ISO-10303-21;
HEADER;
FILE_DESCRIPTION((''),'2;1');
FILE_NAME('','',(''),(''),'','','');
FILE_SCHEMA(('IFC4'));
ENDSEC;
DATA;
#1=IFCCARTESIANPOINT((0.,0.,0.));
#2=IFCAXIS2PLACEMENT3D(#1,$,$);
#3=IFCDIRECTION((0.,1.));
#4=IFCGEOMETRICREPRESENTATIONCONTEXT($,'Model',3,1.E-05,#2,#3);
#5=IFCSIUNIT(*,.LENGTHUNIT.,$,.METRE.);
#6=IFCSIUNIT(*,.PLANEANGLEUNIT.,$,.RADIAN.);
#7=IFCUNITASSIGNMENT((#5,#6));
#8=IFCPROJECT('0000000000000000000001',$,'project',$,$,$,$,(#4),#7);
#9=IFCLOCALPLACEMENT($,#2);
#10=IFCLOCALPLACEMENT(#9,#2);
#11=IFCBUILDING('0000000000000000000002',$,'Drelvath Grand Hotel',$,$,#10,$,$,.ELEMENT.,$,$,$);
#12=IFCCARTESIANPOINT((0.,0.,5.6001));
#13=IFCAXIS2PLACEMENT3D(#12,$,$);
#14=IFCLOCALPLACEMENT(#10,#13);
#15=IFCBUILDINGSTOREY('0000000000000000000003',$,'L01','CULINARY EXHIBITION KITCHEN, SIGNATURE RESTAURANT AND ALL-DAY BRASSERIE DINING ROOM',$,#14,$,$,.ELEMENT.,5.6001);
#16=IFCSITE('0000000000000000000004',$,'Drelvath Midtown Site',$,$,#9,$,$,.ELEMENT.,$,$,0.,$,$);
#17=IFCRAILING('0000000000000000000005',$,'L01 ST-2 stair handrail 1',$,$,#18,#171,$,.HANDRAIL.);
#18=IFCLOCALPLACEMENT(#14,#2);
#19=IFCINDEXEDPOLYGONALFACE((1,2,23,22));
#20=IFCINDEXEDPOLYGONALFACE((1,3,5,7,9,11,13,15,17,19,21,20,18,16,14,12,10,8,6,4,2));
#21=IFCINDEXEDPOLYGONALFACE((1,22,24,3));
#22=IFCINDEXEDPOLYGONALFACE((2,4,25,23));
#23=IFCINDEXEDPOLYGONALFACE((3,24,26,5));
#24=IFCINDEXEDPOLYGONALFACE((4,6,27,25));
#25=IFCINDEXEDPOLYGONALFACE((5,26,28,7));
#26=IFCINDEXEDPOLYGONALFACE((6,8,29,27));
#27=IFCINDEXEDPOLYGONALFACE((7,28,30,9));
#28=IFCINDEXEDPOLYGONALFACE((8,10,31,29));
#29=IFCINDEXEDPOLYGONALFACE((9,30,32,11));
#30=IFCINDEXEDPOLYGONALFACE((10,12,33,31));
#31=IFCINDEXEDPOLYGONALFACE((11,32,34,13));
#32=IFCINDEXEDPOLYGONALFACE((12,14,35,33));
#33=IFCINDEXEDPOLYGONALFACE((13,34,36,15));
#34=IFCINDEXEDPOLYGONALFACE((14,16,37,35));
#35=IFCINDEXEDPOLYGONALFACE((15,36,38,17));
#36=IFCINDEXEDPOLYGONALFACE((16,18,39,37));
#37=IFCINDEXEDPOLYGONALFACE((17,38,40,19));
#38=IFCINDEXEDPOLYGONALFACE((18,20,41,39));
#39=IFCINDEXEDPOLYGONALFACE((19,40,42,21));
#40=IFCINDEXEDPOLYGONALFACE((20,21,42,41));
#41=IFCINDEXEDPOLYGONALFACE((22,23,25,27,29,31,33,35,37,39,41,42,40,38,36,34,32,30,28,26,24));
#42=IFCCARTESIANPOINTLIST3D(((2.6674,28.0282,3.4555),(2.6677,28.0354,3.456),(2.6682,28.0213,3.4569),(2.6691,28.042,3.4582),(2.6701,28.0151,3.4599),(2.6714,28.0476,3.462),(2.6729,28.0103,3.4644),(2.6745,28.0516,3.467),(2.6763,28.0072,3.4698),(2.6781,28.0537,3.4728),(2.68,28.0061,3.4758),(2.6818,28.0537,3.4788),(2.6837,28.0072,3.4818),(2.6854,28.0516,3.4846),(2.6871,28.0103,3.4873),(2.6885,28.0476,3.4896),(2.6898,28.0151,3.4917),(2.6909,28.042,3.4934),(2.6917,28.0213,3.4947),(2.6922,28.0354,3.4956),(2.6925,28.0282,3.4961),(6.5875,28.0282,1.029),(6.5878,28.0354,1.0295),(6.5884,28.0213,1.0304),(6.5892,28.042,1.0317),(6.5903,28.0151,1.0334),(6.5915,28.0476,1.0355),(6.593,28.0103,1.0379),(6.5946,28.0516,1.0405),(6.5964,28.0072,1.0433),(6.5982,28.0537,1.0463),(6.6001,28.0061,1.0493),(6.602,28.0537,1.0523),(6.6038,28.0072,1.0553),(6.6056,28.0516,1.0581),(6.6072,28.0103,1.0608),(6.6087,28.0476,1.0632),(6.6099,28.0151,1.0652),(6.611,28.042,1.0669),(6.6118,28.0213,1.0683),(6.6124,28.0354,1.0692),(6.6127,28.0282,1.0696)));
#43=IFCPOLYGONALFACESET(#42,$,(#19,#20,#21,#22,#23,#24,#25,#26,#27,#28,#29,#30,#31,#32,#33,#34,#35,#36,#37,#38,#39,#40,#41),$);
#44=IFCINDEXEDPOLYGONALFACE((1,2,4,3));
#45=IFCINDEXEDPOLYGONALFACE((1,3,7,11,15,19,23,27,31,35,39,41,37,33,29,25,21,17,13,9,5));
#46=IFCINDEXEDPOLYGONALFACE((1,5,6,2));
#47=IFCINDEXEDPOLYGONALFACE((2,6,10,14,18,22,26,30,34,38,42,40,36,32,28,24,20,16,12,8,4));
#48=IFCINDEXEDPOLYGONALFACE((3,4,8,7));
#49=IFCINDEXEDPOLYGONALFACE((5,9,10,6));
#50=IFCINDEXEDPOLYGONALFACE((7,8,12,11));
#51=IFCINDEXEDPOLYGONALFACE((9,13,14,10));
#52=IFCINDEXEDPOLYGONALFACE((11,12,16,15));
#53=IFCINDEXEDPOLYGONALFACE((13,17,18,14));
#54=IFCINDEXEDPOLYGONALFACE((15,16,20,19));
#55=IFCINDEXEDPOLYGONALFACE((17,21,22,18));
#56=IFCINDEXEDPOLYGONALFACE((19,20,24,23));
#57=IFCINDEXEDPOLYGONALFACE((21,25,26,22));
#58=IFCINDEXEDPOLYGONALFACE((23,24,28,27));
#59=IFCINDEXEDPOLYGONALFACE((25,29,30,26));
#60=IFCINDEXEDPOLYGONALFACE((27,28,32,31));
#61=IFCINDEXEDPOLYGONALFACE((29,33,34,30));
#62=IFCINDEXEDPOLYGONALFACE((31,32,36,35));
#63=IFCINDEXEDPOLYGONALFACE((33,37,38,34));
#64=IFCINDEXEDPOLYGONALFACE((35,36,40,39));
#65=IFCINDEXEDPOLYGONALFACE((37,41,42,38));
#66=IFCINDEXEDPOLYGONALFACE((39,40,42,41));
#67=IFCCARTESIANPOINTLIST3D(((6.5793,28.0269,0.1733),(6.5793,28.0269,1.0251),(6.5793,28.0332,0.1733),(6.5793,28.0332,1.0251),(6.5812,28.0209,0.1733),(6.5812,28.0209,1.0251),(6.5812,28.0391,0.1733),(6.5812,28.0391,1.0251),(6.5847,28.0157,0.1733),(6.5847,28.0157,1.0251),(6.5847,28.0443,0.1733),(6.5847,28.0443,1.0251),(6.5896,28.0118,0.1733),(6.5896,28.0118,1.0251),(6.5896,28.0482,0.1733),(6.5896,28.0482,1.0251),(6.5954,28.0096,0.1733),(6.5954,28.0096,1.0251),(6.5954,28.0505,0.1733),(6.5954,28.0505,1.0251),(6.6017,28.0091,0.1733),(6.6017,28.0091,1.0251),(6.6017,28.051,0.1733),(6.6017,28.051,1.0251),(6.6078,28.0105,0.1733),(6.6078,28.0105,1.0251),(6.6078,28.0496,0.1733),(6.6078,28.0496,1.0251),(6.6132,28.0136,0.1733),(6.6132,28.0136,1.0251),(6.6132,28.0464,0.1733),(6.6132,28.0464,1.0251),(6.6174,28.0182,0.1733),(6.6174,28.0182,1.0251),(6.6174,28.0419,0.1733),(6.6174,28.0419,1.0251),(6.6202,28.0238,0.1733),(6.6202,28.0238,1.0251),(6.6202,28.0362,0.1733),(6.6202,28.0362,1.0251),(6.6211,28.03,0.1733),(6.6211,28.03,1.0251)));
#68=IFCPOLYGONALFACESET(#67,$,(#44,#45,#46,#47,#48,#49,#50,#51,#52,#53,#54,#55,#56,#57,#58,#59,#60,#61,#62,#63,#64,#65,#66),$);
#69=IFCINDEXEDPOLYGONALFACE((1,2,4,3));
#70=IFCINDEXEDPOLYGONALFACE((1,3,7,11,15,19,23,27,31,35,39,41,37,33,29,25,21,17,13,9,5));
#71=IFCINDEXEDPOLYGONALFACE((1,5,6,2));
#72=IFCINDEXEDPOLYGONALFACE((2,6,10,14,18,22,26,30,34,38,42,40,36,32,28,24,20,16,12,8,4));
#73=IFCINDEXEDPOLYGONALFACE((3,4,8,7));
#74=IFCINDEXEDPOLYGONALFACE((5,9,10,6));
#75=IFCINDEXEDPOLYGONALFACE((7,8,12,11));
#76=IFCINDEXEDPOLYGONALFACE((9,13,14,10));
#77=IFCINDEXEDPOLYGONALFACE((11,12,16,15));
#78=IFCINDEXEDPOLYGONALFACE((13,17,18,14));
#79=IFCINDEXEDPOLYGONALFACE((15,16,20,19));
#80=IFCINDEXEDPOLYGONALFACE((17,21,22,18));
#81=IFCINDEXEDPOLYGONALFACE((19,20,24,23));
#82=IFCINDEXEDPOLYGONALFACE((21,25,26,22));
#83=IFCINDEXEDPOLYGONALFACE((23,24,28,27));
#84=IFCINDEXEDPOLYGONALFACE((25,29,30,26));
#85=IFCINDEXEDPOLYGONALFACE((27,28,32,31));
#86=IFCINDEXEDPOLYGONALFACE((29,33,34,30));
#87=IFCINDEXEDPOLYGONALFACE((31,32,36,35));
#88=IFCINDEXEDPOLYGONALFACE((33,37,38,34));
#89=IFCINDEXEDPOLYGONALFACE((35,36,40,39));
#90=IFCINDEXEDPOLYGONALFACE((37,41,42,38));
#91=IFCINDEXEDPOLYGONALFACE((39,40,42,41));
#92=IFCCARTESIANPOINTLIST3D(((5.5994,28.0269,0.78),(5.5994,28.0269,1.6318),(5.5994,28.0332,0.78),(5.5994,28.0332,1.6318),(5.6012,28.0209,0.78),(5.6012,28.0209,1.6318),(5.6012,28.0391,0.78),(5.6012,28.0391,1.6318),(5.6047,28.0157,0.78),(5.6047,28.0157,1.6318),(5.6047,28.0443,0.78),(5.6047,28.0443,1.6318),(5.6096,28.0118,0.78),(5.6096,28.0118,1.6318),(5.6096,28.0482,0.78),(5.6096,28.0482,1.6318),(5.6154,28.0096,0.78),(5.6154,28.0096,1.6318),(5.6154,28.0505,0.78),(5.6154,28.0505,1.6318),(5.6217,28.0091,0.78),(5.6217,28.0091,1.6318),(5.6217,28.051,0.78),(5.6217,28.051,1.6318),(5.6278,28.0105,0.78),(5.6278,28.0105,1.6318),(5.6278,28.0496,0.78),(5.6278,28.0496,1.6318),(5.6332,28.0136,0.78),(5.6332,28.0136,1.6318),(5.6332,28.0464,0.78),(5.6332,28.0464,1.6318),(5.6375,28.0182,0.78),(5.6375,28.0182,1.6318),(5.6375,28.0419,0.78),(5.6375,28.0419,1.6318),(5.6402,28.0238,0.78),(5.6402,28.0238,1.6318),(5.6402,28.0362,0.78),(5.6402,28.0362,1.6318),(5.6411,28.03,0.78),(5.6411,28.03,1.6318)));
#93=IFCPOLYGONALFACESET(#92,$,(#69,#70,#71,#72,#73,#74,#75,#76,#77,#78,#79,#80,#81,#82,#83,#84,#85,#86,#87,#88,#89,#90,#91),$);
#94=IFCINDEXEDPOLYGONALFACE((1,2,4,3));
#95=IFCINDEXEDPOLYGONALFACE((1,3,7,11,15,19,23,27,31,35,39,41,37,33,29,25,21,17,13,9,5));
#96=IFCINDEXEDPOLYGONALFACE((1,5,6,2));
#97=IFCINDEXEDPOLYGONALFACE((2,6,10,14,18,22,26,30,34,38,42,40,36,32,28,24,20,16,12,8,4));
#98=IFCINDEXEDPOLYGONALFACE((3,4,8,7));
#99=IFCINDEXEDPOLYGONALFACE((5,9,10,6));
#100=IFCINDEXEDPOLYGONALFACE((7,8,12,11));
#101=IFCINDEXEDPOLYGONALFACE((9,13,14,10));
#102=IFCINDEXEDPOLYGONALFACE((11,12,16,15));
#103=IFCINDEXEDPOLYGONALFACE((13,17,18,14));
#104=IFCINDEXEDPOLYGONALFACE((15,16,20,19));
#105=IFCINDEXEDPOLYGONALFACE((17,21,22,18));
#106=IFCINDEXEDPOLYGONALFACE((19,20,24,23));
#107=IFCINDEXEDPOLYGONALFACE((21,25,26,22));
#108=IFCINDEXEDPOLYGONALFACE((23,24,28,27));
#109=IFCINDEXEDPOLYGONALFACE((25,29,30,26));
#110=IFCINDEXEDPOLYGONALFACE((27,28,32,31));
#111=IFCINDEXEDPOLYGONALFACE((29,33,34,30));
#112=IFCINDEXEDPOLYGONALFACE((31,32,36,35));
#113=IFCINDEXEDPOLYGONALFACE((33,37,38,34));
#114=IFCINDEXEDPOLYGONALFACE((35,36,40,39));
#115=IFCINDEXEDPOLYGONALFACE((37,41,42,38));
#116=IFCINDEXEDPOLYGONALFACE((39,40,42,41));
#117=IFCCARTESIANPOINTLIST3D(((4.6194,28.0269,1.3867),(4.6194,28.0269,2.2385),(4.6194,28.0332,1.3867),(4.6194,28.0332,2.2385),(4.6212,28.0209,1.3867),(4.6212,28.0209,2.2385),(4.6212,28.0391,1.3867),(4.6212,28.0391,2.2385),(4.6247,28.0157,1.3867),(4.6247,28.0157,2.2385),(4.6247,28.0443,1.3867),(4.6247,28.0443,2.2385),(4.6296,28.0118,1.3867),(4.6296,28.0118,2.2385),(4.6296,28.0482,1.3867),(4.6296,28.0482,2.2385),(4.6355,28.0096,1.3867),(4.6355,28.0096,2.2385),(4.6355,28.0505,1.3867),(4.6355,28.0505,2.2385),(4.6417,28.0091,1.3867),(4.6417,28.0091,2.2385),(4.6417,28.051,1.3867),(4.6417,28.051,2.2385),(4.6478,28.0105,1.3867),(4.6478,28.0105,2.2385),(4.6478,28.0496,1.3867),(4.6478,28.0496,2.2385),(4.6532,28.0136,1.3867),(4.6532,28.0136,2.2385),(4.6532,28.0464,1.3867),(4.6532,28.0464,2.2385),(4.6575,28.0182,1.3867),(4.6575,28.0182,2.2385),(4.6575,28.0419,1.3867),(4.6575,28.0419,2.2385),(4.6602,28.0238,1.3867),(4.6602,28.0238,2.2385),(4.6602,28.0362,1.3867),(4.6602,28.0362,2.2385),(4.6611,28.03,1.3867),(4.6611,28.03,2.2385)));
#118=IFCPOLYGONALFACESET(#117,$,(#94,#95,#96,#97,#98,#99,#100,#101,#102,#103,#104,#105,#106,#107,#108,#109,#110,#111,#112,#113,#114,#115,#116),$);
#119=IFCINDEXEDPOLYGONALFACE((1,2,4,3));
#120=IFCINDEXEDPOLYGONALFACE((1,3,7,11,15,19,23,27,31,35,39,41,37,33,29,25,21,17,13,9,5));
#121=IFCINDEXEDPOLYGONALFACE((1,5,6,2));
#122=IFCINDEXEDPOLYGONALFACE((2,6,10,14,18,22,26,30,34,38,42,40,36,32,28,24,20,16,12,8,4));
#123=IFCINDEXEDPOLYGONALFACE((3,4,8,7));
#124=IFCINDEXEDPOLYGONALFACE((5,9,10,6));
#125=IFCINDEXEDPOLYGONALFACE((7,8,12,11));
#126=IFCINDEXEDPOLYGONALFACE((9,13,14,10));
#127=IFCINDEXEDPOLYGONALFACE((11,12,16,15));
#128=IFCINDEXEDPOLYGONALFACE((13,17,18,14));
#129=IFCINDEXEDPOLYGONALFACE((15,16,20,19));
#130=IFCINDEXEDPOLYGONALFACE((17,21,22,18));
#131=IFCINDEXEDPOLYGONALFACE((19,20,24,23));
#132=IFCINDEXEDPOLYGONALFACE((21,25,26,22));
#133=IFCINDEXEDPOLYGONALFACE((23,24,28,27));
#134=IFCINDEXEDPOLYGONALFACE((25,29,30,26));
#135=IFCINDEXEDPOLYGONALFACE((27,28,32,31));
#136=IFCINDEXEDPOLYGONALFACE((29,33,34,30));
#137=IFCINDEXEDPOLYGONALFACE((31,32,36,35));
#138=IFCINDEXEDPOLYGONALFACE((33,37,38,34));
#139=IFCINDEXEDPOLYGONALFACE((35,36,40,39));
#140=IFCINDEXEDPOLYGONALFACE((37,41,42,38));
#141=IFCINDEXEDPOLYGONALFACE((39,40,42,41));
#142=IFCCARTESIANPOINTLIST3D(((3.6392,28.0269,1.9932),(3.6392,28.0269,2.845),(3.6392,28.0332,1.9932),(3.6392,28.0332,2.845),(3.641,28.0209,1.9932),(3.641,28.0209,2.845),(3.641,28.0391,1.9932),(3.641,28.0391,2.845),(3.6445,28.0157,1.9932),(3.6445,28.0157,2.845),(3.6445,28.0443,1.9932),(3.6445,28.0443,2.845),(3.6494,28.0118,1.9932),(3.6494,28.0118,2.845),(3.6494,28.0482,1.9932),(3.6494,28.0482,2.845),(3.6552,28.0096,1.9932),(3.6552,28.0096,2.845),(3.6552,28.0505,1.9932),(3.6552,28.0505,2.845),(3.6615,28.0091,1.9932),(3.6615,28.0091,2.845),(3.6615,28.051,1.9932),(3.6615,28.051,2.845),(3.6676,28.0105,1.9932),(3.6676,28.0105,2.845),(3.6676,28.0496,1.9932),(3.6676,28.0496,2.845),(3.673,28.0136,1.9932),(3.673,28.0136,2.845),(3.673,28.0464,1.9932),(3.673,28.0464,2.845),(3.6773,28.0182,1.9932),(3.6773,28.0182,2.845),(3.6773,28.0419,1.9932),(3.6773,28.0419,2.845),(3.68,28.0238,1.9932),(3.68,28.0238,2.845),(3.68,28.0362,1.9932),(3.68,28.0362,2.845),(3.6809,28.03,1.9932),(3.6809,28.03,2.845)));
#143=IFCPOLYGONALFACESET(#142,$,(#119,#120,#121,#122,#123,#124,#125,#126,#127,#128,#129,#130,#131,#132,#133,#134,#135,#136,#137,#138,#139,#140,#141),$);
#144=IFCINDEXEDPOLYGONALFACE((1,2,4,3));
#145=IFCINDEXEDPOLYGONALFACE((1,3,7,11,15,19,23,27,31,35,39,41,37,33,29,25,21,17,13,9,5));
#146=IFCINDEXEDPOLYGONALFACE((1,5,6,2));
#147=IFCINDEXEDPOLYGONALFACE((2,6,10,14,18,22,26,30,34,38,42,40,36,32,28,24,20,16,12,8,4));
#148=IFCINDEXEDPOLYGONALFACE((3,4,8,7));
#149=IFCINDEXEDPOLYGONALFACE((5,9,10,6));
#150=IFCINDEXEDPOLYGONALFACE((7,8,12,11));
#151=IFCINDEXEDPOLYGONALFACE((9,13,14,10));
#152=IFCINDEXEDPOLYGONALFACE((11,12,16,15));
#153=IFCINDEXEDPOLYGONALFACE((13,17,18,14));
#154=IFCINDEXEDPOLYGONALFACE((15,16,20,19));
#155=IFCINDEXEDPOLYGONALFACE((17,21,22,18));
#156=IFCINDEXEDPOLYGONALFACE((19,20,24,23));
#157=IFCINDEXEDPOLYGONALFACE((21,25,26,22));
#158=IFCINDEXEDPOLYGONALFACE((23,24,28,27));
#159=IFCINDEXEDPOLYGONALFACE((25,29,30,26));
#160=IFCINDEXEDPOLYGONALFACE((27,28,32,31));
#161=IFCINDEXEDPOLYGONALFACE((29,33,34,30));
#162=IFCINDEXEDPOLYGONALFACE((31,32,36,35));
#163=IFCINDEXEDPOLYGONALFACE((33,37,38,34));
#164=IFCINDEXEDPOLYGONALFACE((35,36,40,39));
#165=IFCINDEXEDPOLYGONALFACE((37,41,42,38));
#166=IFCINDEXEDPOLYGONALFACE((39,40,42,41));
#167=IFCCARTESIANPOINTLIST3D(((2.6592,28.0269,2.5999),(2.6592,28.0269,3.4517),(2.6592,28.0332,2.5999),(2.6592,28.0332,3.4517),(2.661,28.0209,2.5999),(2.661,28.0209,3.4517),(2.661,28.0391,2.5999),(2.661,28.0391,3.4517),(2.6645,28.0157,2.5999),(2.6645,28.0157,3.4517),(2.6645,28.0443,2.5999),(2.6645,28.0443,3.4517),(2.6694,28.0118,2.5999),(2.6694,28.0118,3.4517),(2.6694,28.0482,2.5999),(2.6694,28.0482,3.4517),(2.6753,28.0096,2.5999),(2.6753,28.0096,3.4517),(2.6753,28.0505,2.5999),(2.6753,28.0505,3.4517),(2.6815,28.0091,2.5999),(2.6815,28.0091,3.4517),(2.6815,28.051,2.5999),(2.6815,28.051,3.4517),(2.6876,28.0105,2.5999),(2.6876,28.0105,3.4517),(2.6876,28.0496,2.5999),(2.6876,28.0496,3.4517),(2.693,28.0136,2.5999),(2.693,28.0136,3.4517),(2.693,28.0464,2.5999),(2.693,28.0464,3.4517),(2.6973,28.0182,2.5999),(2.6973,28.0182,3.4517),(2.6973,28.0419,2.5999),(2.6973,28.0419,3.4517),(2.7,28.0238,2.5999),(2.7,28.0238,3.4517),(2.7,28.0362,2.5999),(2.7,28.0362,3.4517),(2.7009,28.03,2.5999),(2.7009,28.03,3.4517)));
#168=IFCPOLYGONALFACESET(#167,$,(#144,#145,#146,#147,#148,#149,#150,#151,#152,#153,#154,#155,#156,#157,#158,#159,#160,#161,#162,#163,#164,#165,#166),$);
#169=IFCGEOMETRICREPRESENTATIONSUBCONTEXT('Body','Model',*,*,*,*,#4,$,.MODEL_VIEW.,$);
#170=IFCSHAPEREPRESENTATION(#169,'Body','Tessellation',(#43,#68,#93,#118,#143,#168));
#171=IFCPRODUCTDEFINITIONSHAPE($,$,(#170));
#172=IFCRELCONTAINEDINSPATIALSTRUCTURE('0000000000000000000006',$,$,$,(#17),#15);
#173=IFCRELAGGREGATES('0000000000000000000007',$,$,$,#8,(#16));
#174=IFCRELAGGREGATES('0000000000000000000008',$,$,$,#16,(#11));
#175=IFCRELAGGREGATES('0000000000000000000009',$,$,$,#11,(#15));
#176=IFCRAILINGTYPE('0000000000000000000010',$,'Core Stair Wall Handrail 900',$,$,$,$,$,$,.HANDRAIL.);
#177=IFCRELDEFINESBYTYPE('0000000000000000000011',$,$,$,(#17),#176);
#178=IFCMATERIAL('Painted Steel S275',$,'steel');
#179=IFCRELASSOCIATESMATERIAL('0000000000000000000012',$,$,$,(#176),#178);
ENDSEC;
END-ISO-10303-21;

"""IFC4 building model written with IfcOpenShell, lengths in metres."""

from ifc_helpers import new_model, si_unit, direction, frame, origin, origin_2d, place, context, subcontext, project, spatial, circle, extrude, material, type_object, element, save


model = new_model("IFC4")

# Units and contexts
model_context = context("Model", 3, precision=1e-05, world=origin(), true_north=direction((0.0, 1.0)))
body_context = subcontext(model_context, "Body", "Model", "MODEL_VIEW")
ifc_project = project(units=[si_unit("LENGTHUNIT", "METRE"), si_unit("PLANEANGLEUNIT", "RADIAN")], contexts=[model_context])

# Site, building, storey
site_placement = place(None, origin())
site = spatial("IfcSite", under=ifc_project, at=site_placement, Name="Drelvath Midtown Site", CompositionType="ELEMENT", RefElevation=0.0)
building_placement = place(site_placement, origin())
building = spatial("IfcBuilding", under=site, at=building_placement, Name="Drelvath Grand Hotel", CompositionType="ELEMENT")
storey_placement = place(building_placement, frame((0.0, 0.0, 5.6001)))
storey = spatial("IfcBuildingStorey", under=building, at=storey_placement, Name="L01", Description="CULINARY EXHIBITION KITCHEN, SIGNATURE RESTAURANT AND ALL-DAY BRASSERIE DINING ROOM", CompositionType="ELEMENT", Elevation=5.6001)

# Shared definitions
ifc_material_1 = material(Name="Painted Steel S275", Category="steel")

# Railing
railing_type = type_object("IfcRailingType", Name="Core Stair Wall Handrail 900", PredefinedType="HANDRAIL", material=ifc_material_1)
railing_placement = place(storey_placement, frame((6.6001, 28.03, 0.1733)))
element("IfcRailing", 1, at=railing_placement, inside=storey, type_object=railing_type, Name="L01 ST-2 stair handrail 1", PredefinedType="HANDRAIL", context=body_context, shape_type="SweptSolid", body=[
    extrude(circle(Radius=0.0239, at=origin_2d()), frame((0.0, 0.0, 0.876), z_axis=(-0.85029, 0.0, 0.526315), x_axis=(0.0, -1.0, 0.0)), (0.0, 0.0, 1.0), 4.6104),
    extrude(circle(Radius=0.021, at=origin_2d()), origin(), (0.0, 0.0, 1.0), 0.8518),
    extrude(circle(Radius=0.021, at=origin_2d()), frame((-0.98, 0.0, 0.6067)), (0.0, 0.0, 1.0), 0.8518),
    extrude(circle(Radius=0.021, at=origin_2d()), frame((-1.96, 0.0, 1.2134)), (0.0, 0.0, 1.0), 0.8518),
    extrude(circle(Radius=0.021, at=origin_2d()), frame((-2.9402, 0.0, 1.8198)), (0.0, 0.0, 1.0), 0.8518),
    extrude(circle(Radius=0.021, at=origin_2d()), frame((-3.9202, 0.0, 2.4265)), (0.0, 0.0, 1.0), 0.8518),
])

save(model, "model.ifc")
